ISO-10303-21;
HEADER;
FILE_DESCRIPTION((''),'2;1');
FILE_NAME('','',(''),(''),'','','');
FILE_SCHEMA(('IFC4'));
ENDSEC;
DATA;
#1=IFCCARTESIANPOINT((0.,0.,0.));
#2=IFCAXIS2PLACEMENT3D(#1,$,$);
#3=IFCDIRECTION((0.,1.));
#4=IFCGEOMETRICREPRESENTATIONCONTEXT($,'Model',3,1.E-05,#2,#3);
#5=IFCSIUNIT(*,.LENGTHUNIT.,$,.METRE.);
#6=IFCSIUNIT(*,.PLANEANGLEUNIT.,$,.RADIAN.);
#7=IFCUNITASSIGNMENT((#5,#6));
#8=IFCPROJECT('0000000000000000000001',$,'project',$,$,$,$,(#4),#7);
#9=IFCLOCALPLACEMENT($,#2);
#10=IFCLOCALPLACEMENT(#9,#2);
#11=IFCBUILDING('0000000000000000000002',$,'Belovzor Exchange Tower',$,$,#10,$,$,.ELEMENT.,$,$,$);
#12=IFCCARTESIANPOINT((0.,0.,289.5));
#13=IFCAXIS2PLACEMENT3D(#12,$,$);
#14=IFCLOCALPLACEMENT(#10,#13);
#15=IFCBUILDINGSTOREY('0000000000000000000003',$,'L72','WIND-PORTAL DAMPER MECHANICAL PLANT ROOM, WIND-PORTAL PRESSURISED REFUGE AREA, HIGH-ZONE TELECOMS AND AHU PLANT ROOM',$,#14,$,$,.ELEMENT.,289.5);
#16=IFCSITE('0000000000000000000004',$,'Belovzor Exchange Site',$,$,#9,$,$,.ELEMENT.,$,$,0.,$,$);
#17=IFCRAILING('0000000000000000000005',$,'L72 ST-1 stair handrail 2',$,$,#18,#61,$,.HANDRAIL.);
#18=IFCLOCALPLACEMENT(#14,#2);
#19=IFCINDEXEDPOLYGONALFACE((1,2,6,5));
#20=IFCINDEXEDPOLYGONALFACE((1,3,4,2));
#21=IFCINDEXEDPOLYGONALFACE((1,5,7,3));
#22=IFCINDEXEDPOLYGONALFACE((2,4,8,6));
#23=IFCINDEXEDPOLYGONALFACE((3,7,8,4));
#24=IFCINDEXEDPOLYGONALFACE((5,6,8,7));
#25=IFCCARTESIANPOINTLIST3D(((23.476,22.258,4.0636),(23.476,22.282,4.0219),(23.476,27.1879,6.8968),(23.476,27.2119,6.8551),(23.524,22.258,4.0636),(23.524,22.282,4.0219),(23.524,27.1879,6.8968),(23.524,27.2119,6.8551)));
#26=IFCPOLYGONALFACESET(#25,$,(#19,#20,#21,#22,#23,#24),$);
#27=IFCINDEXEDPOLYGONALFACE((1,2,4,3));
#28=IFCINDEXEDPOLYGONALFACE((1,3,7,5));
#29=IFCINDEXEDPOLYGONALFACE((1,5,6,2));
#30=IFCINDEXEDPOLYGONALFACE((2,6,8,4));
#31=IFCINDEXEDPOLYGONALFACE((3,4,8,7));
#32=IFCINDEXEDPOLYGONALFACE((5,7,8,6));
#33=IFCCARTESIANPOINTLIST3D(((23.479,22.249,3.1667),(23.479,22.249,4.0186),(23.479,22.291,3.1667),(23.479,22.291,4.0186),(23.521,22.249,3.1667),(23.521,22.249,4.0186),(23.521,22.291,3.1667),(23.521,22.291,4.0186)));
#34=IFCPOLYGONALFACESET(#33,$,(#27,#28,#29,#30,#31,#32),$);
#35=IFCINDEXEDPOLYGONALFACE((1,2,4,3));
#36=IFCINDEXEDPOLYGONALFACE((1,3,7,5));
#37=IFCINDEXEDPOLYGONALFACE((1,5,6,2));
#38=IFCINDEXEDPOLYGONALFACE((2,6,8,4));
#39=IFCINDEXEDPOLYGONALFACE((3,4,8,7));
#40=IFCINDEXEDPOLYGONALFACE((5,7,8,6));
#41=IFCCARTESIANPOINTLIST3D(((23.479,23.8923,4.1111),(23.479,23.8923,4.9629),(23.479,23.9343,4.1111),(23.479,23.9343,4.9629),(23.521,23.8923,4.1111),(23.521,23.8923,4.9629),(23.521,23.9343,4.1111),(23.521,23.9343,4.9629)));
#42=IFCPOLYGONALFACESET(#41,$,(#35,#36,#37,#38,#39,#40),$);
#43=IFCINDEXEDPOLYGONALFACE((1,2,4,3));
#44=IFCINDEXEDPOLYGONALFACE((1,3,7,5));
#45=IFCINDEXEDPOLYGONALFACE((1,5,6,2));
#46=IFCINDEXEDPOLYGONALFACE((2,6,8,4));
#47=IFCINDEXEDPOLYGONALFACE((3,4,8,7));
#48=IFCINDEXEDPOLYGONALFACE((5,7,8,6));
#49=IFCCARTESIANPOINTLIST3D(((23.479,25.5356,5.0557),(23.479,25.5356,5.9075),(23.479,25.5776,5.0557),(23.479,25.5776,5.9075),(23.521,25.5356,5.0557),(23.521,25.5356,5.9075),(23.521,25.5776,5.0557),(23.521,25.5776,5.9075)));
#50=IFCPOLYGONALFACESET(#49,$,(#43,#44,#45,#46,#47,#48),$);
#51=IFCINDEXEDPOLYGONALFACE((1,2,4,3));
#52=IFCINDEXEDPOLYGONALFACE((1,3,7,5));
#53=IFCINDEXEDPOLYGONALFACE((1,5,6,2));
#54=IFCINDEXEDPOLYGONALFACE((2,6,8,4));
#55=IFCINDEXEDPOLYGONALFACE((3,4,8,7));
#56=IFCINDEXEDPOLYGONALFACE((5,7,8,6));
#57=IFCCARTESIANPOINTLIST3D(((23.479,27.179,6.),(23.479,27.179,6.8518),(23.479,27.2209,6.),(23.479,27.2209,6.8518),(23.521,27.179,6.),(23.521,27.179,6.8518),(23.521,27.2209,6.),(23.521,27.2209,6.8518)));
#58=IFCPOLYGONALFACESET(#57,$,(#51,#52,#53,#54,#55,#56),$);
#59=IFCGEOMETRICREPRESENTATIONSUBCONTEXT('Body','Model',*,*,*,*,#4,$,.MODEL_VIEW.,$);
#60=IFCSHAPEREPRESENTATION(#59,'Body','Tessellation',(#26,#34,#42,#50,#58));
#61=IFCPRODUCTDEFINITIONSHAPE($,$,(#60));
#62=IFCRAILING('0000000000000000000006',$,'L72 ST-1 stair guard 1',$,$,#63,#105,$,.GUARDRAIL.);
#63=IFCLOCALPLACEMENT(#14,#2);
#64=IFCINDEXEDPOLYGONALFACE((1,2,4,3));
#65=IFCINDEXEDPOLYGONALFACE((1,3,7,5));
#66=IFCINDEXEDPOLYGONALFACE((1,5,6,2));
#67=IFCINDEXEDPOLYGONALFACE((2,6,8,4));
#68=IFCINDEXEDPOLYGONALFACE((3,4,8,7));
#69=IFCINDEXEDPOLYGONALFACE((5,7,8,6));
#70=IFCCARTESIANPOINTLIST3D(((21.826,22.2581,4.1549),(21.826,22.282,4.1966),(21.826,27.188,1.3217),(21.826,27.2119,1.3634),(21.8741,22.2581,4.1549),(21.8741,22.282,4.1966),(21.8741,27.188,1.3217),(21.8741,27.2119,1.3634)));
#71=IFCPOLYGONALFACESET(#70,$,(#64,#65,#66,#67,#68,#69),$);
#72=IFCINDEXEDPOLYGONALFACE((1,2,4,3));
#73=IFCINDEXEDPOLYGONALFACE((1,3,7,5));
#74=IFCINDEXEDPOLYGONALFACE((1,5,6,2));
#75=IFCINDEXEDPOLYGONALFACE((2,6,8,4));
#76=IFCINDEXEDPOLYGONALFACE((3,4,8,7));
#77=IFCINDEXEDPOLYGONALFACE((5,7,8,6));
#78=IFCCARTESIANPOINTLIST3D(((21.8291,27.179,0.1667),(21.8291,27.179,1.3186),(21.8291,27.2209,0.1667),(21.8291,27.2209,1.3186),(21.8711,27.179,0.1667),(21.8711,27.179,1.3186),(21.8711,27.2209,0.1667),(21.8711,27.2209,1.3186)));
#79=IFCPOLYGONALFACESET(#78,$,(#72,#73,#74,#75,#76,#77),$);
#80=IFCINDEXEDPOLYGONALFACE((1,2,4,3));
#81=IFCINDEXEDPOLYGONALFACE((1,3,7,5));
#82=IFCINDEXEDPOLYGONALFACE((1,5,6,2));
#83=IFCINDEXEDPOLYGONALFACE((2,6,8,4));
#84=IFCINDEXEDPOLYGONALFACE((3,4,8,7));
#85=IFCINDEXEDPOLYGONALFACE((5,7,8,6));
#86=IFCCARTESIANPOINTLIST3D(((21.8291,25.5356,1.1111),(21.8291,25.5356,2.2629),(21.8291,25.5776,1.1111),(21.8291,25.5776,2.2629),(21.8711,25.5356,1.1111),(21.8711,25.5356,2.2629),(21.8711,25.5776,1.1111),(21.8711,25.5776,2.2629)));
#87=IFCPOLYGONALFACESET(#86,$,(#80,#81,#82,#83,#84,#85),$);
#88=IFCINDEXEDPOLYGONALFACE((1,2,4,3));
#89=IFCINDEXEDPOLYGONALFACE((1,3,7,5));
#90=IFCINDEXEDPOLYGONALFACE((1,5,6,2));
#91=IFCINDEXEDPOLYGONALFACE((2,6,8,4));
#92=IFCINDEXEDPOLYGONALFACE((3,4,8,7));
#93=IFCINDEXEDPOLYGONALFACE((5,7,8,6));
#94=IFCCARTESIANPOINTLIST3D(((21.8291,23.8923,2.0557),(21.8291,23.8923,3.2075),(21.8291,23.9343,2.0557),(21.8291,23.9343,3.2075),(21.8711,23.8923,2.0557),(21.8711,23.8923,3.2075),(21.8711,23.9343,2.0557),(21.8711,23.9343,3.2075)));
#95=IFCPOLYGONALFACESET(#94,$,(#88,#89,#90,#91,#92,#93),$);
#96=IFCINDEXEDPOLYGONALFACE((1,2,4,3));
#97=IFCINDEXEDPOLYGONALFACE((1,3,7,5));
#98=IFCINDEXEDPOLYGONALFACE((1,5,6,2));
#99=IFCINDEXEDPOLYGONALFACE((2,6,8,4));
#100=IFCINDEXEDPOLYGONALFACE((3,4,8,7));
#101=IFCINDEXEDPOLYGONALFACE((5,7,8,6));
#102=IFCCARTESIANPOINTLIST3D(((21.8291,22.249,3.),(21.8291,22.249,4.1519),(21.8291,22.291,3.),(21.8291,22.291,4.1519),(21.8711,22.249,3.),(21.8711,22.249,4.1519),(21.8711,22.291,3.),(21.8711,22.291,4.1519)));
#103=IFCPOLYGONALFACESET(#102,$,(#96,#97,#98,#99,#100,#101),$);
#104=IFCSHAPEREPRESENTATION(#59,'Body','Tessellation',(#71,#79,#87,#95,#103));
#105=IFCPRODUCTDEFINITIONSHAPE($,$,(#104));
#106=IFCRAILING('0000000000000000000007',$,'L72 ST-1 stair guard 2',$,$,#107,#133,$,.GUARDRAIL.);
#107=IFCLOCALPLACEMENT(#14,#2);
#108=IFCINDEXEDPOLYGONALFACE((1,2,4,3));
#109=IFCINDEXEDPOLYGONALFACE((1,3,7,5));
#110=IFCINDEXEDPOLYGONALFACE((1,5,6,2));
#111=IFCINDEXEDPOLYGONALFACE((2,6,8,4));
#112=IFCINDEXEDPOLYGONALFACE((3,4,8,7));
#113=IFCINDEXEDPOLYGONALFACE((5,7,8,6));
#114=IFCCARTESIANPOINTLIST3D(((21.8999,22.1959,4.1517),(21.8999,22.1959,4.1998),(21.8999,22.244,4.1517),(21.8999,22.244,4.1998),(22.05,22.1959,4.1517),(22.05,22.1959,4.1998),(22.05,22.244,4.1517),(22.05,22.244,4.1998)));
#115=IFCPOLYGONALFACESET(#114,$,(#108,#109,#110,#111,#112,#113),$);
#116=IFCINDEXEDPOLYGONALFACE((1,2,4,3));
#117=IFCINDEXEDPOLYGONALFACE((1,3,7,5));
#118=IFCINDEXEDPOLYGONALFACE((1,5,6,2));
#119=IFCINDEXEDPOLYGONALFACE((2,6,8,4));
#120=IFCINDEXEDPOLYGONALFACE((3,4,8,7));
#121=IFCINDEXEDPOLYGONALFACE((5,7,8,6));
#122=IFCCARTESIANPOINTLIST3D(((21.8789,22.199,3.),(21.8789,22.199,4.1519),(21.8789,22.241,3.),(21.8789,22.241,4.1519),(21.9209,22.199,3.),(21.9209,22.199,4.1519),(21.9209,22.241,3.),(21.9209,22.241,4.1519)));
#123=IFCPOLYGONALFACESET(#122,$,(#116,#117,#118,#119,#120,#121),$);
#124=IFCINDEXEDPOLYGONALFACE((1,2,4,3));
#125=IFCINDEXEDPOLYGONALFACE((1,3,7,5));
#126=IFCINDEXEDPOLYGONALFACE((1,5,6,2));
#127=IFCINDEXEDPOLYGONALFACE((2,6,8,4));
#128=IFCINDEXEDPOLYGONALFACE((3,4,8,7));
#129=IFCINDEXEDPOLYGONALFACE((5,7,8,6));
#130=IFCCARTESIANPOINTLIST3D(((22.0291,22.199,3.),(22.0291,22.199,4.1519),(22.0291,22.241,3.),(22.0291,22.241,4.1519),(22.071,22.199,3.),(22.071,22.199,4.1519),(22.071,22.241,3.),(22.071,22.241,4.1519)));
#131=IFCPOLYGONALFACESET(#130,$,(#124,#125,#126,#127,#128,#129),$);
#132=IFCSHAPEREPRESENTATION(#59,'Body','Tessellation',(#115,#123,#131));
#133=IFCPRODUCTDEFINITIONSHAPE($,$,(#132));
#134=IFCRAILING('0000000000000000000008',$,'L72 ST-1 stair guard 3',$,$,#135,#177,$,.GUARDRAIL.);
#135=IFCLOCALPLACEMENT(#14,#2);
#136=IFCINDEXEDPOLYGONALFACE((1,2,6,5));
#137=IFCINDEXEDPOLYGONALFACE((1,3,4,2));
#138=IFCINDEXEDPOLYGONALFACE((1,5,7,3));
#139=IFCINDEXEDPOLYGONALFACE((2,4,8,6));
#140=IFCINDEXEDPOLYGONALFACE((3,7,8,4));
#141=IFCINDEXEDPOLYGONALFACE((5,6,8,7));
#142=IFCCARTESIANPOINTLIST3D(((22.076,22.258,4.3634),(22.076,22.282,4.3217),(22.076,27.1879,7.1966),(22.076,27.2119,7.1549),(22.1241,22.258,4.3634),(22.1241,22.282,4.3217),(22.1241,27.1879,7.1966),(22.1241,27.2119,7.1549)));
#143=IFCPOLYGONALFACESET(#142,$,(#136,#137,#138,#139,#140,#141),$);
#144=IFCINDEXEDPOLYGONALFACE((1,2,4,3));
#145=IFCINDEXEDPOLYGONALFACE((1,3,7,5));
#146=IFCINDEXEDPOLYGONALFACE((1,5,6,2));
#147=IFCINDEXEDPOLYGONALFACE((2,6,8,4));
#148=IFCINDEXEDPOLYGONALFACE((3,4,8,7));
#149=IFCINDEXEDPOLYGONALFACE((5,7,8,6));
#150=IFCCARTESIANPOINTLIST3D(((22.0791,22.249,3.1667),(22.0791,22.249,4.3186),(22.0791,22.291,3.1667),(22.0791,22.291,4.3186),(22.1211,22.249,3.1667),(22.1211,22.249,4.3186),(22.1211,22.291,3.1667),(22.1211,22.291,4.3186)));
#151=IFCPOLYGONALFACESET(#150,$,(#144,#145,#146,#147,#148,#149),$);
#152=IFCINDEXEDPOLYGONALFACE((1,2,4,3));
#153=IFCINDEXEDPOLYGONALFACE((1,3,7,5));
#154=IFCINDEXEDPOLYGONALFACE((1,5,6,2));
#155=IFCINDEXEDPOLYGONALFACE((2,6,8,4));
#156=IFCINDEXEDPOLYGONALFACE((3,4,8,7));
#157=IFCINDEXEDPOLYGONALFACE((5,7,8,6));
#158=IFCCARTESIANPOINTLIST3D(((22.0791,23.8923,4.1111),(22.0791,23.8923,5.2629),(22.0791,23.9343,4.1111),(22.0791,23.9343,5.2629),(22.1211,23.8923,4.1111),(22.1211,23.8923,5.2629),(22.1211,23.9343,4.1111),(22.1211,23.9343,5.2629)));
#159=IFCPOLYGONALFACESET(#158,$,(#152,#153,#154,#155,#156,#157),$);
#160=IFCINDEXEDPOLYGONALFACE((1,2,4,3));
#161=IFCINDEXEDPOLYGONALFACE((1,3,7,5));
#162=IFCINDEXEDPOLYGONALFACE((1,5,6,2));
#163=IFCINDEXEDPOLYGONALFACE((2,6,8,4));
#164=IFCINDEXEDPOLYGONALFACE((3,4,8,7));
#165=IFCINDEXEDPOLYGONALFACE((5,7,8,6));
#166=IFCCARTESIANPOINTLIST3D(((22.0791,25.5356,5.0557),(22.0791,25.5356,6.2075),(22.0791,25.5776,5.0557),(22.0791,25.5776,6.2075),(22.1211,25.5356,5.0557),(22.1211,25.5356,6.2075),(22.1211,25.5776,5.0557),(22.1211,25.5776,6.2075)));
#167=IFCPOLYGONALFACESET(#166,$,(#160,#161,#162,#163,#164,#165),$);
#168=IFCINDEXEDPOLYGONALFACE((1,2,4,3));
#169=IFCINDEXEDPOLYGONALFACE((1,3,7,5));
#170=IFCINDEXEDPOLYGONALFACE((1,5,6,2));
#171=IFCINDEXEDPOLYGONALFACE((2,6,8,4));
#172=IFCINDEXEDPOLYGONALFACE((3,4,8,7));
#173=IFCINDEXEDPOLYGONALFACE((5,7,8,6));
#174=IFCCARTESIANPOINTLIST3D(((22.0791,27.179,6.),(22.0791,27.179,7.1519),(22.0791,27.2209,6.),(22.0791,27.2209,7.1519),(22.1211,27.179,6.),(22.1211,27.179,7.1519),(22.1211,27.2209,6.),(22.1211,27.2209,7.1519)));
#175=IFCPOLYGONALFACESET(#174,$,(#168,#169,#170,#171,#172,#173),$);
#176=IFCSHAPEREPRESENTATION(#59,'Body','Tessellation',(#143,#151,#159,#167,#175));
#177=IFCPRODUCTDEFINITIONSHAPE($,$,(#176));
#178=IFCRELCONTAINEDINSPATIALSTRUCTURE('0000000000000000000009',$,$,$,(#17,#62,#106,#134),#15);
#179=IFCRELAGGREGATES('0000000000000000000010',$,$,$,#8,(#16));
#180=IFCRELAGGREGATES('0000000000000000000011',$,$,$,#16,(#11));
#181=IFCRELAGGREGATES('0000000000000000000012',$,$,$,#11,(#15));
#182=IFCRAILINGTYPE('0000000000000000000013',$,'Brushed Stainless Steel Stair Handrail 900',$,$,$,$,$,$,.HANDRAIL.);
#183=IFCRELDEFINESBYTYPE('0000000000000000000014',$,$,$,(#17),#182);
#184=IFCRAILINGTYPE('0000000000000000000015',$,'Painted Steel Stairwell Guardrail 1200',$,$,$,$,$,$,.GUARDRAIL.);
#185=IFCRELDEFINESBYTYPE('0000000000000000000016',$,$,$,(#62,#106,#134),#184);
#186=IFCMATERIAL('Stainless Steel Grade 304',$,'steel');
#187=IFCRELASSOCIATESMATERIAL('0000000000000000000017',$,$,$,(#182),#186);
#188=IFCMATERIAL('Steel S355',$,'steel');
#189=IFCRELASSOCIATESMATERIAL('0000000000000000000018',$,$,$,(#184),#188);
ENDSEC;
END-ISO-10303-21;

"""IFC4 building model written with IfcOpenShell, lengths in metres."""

from ifc_helpers import new_model, si_unit, direction, frame, origin, origin_2d, place, context, subcontext, project, spatial, rectangle, extrude, material, type_object, element, save


model = new_model("IFC4")

# Units and contexts
model_context = context("Model", 3, precision=1e-05, world=origin(), true_north=direction((0.0, 1.0)))
body_context = subcontext(model_context, "Body", "Model", "MODEL_VIEW")
ifc_project = project(units=[si_unit("LENGTHUNIT", "METRE"), si_unit("PLANEANGLEUNIT", "RADIAN")], contexts=[model_context])

# Site, building, storey
site_placement = place(None, origin())
site = spatial("IfcSite", under=ifc_project, at=site_placement, Name="Belovzor Exchange Site", CompositionType="ELEMENT", RefElevation=0.0)
building_placement = place(site_placement, origin())
building = spatial("IfcBuilding", under=site, at=building_placement, Name="Belovzor Exchange Tower", CompositionType="ELEMENT")
storey_placement = place(building_placement, frame((0.0, 0.0, 289.5)))
storey = spatial("IfcBuildingStorey", under=building, at=storey_placement, Name="L72", Description="WIND-PORTAL DAMPER MECHANICAL PLANT ROOM, WIND-PORTAL PRESSURISED REFUGE AREA, HIGH-ZONE TELECOMS AND AHU PLANT ROOM", CompositionType="ELEMENT", Elevation=289.5)

# Railings
ifc_material_1 = material(Name="Stainless Steel Grade 304", Category="steel")
railing_type_1 = type_object("IfcRailingType", Name="Brushed Stainless Steel Stair Handrail 900", PredefinedType="HANDRAIL", material=ifc_material_1)
railing_1_placement = place(storey_placement, frame((23.5, 22.27, 3.1667)))
element("IfcRailing", 1, at=railing_1_placement, inside=storey, type_object=railing_type_1, Name="L72 ST-1 stair handrail 2", PredefinedType="HANDRAIL", context=body_context, shape_type="SweptSolid", body=[
    extrude(rectangle(XDim=0.0481, YDim=0.0481, at=origin_2d()), frame((0.0, 0.0, 0.876), z_axis=(0.0, 0.867017, 0.498278), x_axis=(-1.0, 0.0, 0.0)), (0.0, 0.0, 1.0), 5.686),
    extrude(rectangle(XDim=0.042, YDim=0.042, at=origin_2d()), origin(), (0.0, 0.0, 1.0), 0.8518),
    extrude(rectangle(XDim=0.042, YDim=0.042, at=origin_2d()), frame((0.0, 1.6433, 0.9443)), (0.0, 0.0, 1.0), 0.8518),
    extrude(rectangle(XDim=0.042, YDim=0.042, at=origin_2d()), frame((0.0, 3.2866, 1.8889)), (0.0, 0.0, 1.0), 0.8518),
    extrude(rectangle(XDim=0.042, YDim=0.042, at=origin_2d()), frame((0.0, 4.9299, 2.8333)), (0.0, 0.0, 1.0), 0.8518),
])
ifc_material_2 = material(Name="Steel S355", Category="steel")
railing_type_2 = type_object("IfcRailingType", Name="Painted Steel Stairwell Guardrail 1200", PredefinedType="GUARDRAIL", material=ifc_material_2)
railing_2_placement = place(storey_placement, frame((21.8501, 27.2, 0.1667)))
element("IfcRailing", 2, at=railing_2_placement, inside=storey, type_object=railing_type_2, Name="L72 ST-1 stair guard 1", PredefinedType="GUARDRAIL", context=body_context, shape_type="SweptSolid", body=[
    extrude(rectangle(XDim=0.0481, YDim=0.0481, at=origin_2d()), frame((0.0, 0.0, 1.1758), z_axis=(0.0, -0.867017, 0.498278), x_axis=(1.0, 0.0, 0.0)), (0.0, 0.0, 1.0), 5.686),
    extrude(rectangle(XDim=0.042, YDim=0.042, at=origin_2d()), origin(), (0.0, 0.0, 1.0), 1.1519),
    extrude(rectangle(XDim=0.042, YDim=0.042, at=origin_2d()), frame((0.0, -1.6433, 0.9443)), (0.0, 0.0, 1.0), 1.1519),
    extrude(rectangle(XDim=0.042, YDim=0.042, at=origin_2d()), frame((0.0, -3.2866, 1.8889)), (0.0, 0.0, 1.0), 1.1519),
    extrude(rectangle(XDim=0.042, YDim=0.042, at=origin_2d()), frame((0.0, -4.9299, 2.8333)), (0.0, 0.0, 1.0), 1.1519),
])
railing_3_placement = place(storey_placement, frame((21.8999, 22.22, 3.0)))
element("IfcRailing", 3, at=railing_3_placement, inside=storey, type_object=railing_type_2, Name="L72 ST-1 stair guard 2", PredefinedType="GUARDRAIL", context=body_context, shape_type="SweptSolid", body=[
    extrude(rectangle(XDim=0.0481, YDim=0.0481, at=origin_2d()), frame((0.0, 0.0, 1.1758), z_axis=(1.0, 0.0, 0.0), x_axis=(0.0, 1.0, 0.0)), (0.0, 0.0, 1.0), 0.1501),
    extrude(rectangle(XDim=0.042, YDim=0.042, at=origin_2d()), origin(), (0.0, 0.0, 1.0), 1.1519),
    extrude(rectangle(XDim=0.042, YDim=0.042, at=origin_2d()), frame((0.1501, 0.0, 0.0)), (0.0, 0.0, 1.0), 1.1519),
])
railing_4_placement = place(storey_placement, frame((22.1001, 22.27, 3.1667)))
element("IfcRailing", 4, at=railing_4_placement, inside=storey, type_object=railing_type_2, Name="L72 ST-1 stair guard 3", PredefinedType="GUARDRAIL", context=body_context, shape_type="SweptSolid", body=[
    extrude(rectangle(XDim=0.0481, YDim=0.0481, at=origin_2d()), frame((0.0, 0.0, 1.1758), z_axis=(0.0, 0.867017, 0.498278), x_axis=(-1.0, 0.0, 0.0)), (0.0, 0.0, 1.0), 5.686),
    extrude(rectangle(XDim=0.042, YDim=0.042, at=origin_2d()), origin(), (0.0, 0.0, 1.0), 1.1519),
    extrude(rectangle(XDim=0.042, YDim=0.042, at=origin_2d()), frame((0.0, 1.6433, 0.9443)), (0.0, 0.0, 1.0), 1.1519),
    extrude(rectangle(XDim=0.042, YDim=0.042, at=origin_2d()), frame((0.0, 3.2866, 1.8889)), (0.0, 0.0, 1.0), 1.1519),
    extrude(rectangle(XDim=0.042, YDim=0.042, at=origin_2d()), frame((0.0, 4.9299, 2.8333)), (0.0, 0.0, 1.0), 1.1519),
])

save(model, "model.ifc")
